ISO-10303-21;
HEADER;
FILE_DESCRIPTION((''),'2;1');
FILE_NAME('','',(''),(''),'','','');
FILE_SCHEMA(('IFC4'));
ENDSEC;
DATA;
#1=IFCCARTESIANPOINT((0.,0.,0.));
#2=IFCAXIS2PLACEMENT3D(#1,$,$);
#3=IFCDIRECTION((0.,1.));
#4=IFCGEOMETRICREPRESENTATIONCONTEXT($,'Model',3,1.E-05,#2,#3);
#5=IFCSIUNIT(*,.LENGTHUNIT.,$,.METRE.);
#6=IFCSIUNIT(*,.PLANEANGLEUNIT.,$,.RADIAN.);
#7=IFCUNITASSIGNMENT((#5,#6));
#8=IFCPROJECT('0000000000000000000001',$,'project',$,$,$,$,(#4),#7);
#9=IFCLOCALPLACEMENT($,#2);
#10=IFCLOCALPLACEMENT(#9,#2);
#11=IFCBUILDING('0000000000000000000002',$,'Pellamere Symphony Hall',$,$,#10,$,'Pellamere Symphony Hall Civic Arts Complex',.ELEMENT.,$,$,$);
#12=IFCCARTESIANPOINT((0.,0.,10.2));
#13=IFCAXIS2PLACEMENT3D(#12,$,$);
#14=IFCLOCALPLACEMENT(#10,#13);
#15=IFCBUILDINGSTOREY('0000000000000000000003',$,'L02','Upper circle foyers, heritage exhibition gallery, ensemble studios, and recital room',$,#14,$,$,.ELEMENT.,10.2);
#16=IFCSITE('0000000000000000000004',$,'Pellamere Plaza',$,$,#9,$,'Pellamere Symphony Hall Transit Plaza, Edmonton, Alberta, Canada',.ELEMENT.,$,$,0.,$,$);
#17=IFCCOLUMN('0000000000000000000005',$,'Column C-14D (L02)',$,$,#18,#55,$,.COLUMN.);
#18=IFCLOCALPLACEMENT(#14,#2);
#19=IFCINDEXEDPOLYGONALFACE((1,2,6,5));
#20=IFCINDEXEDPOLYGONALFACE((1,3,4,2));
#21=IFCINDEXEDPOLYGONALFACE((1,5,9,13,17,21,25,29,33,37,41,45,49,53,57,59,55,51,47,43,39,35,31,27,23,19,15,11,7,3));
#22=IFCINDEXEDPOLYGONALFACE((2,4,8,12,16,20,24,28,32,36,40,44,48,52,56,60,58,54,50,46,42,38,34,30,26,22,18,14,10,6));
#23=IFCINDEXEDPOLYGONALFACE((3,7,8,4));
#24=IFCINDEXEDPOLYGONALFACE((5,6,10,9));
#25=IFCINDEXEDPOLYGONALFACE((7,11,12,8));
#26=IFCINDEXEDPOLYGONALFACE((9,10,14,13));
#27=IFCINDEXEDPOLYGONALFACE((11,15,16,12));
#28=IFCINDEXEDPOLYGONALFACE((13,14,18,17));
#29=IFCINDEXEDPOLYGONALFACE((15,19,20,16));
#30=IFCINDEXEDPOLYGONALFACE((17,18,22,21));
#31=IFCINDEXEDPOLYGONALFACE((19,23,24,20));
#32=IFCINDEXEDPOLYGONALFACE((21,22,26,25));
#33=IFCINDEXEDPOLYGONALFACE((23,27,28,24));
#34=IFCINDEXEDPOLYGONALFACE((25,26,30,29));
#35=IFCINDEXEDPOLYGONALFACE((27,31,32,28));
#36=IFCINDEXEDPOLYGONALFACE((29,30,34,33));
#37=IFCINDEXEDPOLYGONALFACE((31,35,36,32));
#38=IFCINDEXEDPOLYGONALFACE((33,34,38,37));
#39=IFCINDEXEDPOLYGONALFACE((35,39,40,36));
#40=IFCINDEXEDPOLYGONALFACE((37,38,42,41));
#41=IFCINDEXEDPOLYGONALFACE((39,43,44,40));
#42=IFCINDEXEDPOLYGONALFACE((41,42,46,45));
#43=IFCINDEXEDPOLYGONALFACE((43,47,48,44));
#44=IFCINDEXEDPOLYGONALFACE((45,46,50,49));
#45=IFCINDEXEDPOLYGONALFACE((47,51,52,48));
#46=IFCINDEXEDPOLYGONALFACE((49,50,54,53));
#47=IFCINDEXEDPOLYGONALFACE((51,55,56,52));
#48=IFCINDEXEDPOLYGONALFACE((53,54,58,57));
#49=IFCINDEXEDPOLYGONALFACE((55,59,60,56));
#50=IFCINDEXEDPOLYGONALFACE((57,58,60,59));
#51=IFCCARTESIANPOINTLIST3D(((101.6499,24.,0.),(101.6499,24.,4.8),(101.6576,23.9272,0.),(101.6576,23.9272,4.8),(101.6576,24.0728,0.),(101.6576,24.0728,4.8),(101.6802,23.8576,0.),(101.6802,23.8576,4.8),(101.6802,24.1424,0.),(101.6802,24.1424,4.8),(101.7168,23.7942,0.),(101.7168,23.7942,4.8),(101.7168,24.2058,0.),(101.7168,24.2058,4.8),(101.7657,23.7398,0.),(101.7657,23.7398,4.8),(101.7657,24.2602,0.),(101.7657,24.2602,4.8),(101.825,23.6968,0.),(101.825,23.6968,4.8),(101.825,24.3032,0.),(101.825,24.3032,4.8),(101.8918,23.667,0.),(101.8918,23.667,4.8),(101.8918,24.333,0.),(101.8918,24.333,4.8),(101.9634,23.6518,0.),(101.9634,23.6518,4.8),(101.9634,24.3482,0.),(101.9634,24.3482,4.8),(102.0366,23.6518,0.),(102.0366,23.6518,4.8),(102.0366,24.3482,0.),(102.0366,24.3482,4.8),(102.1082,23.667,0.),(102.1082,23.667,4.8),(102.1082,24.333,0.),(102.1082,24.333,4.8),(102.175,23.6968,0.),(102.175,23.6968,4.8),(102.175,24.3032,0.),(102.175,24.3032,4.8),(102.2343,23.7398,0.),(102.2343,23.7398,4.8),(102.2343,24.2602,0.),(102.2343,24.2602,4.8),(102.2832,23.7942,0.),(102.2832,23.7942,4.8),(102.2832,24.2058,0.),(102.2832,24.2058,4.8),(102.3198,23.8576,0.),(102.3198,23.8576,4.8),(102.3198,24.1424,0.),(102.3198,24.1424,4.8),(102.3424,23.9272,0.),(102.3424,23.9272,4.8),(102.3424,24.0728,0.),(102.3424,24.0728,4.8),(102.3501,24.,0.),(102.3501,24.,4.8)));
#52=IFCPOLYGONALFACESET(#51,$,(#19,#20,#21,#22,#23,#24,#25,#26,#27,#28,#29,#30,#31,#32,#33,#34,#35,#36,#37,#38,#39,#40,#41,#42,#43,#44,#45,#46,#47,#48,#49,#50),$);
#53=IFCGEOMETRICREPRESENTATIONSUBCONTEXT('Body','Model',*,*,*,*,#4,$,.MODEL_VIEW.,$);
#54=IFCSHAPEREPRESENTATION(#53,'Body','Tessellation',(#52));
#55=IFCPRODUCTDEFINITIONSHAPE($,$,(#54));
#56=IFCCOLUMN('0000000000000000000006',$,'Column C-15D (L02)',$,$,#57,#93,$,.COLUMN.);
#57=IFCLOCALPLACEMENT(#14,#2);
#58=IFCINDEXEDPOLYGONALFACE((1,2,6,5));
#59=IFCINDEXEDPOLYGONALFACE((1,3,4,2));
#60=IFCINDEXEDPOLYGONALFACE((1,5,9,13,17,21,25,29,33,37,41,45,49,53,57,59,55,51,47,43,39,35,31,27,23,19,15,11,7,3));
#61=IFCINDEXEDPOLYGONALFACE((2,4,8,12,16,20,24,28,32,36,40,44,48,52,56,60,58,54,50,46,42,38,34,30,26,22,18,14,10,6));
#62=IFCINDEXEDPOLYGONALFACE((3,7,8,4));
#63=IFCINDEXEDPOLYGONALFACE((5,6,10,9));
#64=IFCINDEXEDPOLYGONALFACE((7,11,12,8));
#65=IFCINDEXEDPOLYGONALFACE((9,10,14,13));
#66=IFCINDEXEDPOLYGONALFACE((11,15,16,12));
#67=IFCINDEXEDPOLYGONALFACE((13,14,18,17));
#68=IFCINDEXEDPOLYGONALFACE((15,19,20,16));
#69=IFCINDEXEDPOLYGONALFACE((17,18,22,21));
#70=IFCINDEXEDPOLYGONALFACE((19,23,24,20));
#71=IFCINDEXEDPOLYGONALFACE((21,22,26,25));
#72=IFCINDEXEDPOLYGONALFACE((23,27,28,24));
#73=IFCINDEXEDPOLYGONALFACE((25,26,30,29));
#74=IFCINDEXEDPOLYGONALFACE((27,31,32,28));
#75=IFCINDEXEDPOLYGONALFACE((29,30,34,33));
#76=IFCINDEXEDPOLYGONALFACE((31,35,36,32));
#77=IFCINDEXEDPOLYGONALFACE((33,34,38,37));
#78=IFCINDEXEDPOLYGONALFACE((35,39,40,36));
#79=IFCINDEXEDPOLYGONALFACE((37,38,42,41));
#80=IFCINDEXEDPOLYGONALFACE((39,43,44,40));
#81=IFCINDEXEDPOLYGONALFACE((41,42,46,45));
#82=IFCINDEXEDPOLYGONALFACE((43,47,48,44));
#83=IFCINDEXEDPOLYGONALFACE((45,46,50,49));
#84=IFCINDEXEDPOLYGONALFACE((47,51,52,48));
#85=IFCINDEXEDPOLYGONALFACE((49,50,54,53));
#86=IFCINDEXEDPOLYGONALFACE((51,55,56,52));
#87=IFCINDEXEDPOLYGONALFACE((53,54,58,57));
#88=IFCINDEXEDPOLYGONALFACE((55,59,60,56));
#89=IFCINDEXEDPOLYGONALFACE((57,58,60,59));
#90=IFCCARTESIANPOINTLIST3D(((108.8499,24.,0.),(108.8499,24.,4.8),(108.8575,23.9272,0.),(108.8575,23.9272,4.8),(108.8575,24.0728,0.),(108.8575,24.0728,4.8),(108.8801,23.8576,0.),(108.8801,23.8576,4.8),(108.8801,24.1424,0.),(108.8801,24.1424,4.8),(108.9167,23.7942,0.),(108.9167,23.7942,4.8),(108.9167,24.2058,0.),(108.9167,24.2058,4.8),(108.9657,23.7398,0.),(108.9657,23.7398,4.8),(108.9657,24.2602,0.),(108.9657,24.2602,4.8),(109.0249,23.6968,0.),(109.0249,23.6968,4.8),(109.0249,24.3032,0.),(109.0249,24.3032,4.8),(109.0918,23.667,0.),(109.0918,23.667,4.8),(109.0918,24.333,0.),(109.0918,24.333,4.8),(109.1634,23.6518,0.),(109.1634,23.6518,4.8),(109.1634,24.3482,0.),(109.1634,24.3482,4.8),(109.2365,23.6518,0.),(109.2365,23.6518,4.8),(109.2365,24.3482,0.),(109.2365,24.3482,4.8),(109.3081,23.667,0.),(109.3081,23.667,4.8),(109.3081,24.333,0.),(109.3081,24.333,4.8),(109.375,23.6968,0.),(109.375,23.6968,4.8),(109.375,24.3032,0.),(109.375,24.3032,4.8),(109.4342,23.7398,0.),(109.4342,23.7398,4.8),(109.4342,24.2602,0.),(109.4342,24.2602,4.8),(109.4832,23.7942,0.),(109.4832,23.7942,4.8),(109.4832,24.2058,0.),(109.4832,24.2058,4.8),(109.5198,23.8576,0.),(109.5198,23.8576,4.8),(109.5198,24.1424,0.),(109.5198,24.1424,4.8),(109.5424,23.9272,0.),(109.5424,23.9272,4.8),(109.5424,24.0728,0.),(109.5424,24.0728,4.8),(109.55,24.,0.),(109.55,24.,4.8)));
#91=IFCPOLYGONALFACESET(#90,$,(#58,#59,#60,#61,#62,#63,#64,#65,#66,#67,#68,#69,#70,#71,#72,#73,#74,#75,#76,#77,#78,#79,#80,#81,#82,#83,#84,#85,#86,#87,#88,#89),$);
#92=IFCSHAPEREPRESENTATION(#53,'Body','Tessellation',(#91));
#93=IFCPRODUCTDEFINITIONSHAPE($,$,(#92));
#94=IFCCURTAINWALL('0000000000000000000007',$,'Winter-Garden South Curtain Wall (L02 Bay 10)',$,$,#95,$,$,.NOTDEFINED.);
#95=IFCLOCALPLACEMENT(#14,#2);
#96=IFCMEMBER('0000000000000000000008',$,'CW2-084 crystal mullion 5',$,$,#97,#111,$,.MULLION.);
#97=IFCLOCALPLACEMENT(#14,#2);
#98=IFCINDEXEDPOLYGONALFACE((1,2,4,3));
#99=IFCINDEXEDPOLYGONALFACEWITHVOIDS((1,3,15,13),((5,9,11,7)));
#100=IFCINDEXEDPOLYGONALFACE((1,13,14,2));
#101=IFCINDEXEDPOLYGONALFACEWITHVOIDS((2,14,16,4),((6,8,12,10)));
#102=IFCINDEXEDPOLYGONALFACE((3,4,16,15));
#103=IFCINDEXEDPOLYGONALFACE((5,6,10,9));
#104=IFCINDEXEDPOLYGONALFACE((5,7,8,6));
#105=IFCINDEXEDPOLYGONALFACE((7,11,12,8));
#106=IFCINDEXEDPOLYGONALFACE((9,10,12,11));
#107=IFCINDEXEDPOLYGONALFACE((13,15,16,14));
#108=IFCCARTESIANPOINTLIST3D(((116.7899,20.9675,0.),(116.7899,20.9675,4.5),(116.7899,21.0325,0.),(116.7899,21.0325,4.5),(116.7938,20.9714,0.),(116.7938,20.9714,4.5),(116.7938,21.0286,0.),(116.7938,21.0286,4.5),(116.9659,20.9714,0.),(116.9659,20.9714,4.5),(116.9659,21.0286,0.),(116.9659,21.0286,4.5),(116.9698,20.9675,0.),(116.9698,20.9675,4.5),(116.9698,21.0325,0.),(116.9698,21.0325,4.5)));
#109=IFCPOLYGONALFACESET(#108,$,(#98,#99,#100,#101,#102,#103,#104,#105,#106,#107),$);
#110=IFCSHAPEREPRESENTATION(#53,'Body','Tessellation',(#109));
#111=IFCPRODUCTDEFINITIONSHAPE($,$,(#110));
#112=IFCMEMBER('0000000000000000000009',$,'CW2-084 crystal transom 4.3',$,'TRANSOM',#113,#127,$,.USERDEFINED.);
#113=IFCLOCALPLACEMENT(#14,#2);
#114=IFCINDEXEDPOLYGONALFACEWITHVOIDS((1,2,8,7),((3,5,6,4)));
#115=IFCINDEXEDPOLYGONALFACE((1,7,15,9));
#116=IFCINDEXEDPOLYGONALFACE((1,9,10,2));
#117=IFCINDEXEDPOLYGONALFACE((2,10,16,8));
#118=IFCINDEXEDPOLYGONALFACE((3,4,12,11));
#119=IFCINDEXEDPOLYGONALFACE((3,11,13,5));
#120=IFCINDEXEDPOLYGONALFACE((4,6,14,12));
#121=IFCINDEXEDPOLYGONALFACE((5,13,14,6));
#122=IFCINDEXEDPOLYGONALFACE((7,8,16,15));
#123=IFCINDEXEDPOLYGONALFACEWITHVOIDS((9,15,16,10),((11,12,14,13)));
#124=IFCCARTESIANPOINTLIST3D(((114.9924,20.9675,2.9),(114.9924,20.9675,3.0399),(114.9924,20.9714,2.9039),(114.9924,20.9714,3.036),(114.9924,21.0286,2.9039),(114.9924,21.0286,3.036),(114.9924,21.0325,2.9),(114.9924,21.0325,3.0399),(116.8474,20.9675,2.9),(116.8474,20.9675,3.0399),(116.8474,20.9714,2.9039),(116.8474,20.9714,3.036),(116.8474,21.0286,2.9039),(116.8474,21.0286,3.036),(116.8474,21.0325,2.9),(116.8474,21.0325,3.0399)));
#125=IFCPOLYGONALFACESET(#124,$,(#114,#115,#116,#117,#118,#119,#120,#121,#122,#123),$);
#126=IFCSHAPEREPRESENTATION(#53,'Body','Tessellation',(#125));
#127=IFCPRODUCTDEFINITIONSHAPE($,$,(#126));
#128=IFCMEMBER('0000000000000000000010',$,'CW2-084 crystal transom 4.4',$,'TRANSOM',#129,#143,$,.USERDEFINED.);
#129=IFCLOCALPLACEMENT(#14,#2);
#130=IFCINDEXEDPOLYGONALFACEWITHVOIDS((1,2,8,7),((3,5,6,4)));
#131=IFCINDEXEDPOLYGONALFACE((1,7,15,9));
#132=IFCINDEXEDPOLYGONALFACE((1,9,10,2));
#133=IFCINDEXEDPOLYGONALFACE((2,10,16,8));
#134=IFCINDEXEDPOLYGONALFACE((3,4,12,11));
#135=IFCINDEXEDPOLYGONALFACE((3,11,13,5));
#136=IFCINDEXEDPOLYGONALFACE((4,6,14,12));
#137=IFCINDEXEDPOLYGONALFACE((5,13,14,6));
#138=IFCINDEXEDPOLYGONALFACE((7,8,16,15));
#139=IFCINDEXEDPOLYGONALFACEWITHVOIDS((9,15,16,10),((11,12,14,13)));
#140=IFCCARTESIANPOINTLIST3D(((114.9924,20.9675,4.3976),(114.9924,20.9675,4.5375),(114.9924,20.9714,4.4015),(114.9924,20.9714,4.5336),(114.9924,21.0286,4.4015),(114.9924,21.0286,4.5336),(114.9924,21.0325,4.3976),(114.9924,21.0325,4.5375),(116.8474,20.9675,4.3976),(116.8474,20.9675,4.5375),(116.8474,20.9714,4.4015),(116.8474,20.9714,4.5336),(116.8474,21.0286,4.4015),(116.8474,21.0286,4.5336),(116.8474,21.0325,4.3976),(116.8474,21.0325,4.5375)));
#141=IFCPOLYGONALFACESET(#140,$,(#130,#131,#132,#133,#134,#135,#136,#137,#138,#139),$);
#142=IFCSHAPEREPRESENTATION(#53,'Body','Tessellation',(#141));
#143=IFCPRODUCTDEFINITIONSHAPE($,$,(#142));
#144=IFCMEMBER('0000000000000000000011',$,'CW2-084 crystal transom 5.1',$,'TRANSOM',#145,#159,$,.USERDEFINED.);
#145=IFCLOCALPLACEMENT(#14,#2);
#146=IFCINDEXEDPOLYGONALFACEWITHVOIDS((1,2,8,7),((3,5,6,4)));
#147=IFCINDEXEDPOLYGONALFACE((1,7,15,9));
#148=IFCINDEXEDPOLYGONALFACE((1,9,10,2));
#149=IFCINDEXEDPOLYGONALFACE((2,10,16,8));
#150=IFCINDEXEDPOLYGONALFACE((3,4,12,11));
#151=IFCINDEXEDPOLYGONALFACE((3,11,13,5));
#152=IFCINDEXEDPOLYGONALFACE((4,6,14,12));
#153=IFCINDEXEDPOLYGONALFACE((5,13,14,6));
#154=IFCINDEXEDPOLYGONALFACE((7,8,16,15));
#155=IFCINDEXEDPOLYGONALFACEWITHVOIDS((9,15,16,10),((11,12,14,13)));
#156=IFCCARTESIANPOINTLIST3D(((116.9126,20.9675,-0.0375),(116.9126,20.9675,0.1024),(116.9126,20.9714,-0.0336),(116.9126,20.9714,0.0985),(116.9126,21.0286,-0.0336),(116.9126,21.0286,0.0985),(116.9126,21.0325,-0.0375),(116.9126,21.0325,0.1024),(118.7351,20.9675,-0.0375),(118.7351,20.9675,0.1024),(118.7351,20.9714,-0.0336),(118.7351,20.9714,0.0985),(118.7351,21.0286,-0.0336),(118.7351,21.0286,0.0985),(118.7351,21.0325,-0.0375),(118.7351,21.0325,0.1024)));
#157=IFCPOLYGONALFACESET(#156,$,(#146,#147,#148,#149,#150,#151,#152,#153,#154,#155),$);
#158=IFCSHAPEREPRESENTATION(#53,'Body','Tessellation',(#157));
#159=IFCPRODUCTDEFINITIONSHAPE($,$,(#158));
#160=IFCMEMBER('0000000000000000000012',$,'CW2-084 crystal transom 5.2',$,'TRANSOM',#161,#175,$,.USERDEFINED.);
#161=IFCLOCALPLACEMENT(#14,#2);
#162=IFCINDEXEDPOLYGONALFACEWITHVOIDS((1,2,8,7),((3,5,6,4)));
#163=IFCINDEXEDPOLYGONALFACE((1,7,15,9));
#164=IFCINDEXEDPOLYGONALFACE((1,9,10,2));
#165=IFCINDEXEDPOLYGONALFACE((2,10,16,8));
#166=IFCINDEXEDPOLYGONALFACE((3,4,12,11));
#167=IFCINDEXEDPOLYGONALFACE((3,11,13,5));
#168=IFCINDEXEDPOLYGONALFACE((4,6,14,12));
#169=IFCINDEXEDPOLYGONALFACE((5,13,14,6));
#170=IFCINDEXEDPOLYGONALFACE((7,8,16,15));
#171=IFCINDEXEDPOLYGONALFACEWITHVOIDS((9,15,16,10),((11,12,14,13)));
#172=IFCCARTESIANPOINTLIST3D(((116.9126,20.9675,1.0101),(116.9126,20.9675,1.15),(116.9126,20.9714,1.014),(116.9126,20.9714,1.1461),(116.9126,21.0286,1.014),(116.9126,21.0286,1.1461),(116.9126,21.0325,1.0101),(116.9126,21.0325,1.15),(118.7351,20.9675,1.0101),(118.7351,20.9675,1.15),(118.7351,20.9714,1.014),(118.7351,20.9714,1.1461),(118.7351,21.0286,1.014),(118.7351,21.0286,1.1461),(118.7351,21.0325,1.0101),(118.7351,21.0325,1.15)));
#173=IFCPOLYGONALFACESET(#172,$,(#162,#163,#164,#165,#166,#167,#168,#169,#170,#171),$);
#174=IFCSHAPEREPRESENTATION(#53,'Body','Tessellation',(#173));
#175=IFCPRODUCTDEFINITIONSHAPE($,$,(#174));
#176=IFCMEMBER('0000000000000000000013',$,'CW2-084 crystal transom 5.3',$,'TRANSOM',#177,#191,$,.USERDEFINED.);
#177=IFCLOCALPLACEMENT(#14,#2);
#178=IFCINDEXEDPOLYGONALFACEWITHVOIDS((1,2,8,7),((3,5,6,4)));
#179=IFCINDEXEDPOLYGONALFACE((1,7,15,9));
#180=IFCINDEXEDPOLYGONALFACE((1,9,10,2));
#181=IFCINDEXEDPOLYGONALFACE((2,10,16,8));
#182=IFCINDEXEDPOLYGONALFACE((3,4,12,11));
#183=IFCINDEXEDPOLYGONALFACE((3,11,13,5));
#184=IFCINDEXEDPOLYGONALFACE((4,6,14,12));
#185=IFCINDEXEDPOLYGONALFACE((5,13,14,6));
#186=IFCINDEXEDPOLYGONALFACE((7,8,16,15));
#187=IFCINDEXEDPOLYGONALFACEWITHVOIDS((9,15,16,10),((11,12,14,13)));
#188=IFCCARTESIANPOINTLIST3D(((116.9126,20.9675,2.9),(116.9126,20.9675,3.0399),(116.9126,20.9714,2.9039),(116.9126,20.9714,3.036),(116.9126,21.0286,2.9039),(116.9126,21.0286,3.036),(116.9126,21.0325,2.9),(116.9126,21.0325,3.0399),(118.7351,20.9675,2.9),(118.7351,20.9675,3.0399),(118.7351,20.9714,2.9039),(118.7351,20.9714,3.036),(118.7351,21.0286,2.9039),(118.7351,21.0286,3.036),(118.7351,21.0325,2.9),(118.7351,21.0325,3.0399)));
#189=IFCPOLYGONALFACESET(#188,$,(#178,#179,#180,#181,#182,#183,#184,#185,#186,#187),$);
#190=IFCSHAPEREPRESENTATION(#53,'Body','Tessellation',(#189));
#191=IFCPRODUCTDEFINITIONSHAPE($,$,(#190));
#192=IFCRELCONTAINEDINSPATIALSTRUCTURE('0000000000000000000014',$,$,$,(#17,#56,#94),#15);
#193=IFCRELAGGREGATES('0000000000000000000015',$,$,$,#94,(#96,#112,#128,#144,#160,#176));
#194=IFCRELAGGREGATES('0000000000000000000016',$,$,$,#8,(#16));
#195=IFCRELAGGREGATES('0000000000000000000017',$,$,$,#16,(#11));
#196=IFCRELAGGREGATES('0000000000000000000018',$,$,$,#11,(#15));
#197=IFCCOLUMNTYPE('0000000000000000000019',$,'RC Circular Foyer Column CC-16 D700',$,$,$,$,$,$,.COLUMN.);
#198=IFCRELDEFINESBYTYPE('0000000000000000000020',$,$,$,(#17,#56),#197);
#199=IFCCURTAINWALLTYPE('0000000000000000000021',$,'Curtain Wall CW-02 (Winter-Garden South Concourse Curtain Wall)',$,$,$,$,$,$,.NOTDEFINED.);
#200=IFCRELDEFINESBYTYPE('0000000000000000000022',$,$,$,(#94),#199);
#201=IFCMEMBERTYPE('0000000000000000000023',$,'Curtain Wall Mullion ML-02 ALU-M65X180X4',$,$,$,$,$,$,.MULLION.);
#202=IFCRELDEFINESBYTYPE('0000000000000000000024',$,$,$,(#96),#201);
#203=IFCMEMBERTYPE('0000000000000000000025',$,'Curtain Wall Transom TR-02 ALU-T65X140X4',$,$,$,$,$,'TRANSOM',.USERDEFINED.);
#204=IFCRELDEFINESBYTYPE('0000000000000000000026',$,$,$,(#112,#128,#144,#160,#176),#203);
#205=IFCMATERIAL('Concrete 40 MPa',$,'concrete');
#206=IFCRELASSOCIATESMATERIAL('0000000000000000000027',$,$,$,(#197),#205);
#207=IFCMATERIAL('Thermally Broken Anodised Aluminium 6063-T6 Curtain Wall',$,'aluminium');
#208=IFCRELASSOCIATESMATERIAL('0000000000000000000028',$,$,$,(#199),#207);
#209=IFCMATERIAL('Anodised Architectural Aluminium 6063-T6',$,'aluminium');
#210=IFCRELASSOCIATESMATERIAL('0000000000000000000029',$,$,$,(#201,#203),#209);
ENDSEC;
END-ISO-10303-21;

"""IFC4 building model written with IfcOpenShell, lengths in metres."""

from ifc_helpers import new_model, si_unit, direction, frame, origin, origin_2d, place, context, subcontext, project, spatial, hollow_rectangle, circle, extrude, material, material_profile, profile_set, type_object, element, aggregate, save


model = new_model("IFC4")

# Units and contexts
model_context = context("Model", 3, precision=1e-05, world=origin(), true_north=direction((0.0, 1.0)))
body_context = subcontext(model_context, "Body", "Model", "MODEL_VIEW")
ifc_project = project(units=[si_unit("LENGTHUNIT", "METRE"), si_unit("PLANEANGLEUNIT", "RADIAN")], contexts=[model_context])

# Site, building, storey
site_placement = place(None, origin())
site = spatial("IfcSite", under=ifc_project, at=site_placement, Name="Pellamere Plaza", LongName="Pellamere Symphony Hall Transit Plaza, Edmonton, Alberta, Canada", CompositionType="ELEMENT", RefElevation=0.0)
building_placement = place(site_placement, origin())
building = spatial("IfcBuilding", under=site, at=building_placement, Name="Pellamere Symphony Hall", LongName="Pellamere Symphony Hall Civic Arts Complex", CompositionType="ELEMENT")
storey_placement = place(building_placement, frame((0.0, 0.0, 10.2)))
storey = spatial("IfcBuildingStorey", under=building, at=storey_placement, Name="L02", Description="Upper circle foyers, heritage exhibition gallery, ensemble studios, and recital room", CompositionType="ELEMENT", Elevation=10.2)

# Columns
ifc_material_1 = material(Name="Concrete 40 MPa", Category="concrete")
ifc_material_profile_1 = material_profile(ifc_material_1, circle(Radius=0.3501, at=origin_2d()), Name="RCCOL D700")
ifc_profile_set_1 = profile_set([ifc_material_profile_1], Name="Concrete 40 MPa")
column_type = type_object("IfcColumnType", Name="RC Circular Foyer Column CC-16 D700", PredefinedType="COLUMN", material=ifc_profile_set_1)
for number, where, z_axis, x_axis, name in (
    (1, (102.0, 24.0, 0.0), (0.0, 0.0, 1.0), (1.0, 0.0, 0.0), "Column C-14D (L02)"),
    (2, (109.2, 24.0, 0.0), (0.0, 0.0, 1.0), (1.0, 0.0, 0.0), "Column C-15D (L02)"),
):
    element("IfcColumn", number, at=place(storey_placement, frame(where, z_axis=z_axis, x_axis=x_axis)), inside=storey, type_object=column_type, Name=name, PredefinedType="COLUMN", context=body_context, shape_type="SweptSolid", body=[
        extrude(circle(Radius=0.3501, at=origin_2d()), origin(), (0.0, 0.0, 1.0), 4.8),
    ])

# Curtain wall, members
ifc_material_2 = material(Name="Thermally Broken Anodised Aluminium 6063-T6 Curtain Wall", Category="aluminium")
curtain_wall_type = type_object("IfcCurtainWallType", Name="Curtain Wall CW-02 (Winter-Garden South Concourse Curtain Wall)", PredefinedType="NOTDEFINED", material=ifc_material_2)
curtain_wall_placement = place(storey_placement, origin())
curtain_wall = element("IfcCurtainWall", 3, at=curtain_wall_placement, inside=storey, type_object=curtain_wall_type, Name="Winter-Garden South Curtain Wall (L02 Bay 10)", PredefinedType="NOTDEFINED")
ifc_material_3 = material(Name="Anodised Architectural Aluminium 6063-T6", Category="aluminium")
ifc_material_profile_2 = material_profile(ifc_material_3, hollow_rectangle(XDim=0.0649, YDim=0.1799, WallThickness=0.0039, at=origin_2d()), Name="ALU-M65X180X4")
ifc_profile_set_2 = profile_set([ifc_material_profile_2], Name="Anodised Architectural Aluminium 6063-T6")
member_type_1 = type_object("IfcMemberType", Name="Curtain Wall Mullion ML-02 ALU-M65X180X4", PredefinedType="MULLION", material=ifc_profile_set_2)
member_1_placement = place(storey_placement, frame((116.8799, 21.0, 0.0), z_axis=(0.0, 0.0, 1.0), x_axis=(0.0, 1.0, 0.0)))
member_1 = element("IfcMember", 4, at=member_1_placement, type_object=member_type_1, Name="CW2-084 crystal mullion 5", PredefinedType="MULLION", context=body_context, shape_type="SweptSolid", body=[
    extrude(hollow_rectangle(XDim=0.0649, YDim=0.1799, WallThickness=0.0039, at=origin_2d()), origin(), (0.0, 0.0, 1.0), 4.5),
])
ifc_material_profile_3 = material_profile(ifc_material_3, hollow_rectangle(XDim=0.0649, YDim=0.1399, WallThickness=0.0039, at=origin_2d()), Name="ALU-T65X140X4")
ifc_profile_set_3 = profile_set([ifc_material_profile_3], Name="Anodised Architectural Aluminium 6063-T6")
member_type_2 = type_object("IfcMemberType", Name="Curtain Wall Transom TR-02 ALU-T65X140X4", ElementType="TRANSOM", PredefinedType="USERDEFINED", material=ifc_profile_set_3)
member_2_placement = place(storey_placement, frame((114.9924, 21.0, 2.97), z_axis=(1.0, 0.0, 0.0), x_axis=(0.0, 1.0, 0.0)))
member_2 = element("IfcMember", 5, at=member_2_placement, type_object=member_type_2, Name="CW2-084 crystal transom 4.3", ObjectType="TRANSOM", PredefinedType="USERDEFINED", context=body_context, shape_type="SweptSolid", body=[
    extrude(hollow_rectangle(XDim=0.0649, YDim=0.1399, WallThickness=0.0039, at=origin_2d()), origin(), (0.0, 0.0, 1.0), 1.855),
])
member_3_placement = place(storey_placement, frame((114.9924, 21.0, 4.4675), z_axis=(1.0, 0.0, 0.0), x_axis=(0.0, 1.0, 0.0)))
member_3 = element("IfcMember", 6, at=member_3_placement, type_object=member_type_2, Name="CW2-084 crystal transom 4.4", ObjectType="TRANSOM", PredefinedType="USERDEFINED", context=body_context, shape_type="SweptSolid", body=[
    extrude(hollow_rectangle(XDim=0.0649, YDim=0.1399, WallThickness=0.0039, at=origin_2d()), origin(), (0.0, 0.0, 1.0), 1.855),
])
member_4_placement = place(storey_placement, frame((116.9126, 21.0, 0.0325), z_axis=(1.0, 0.0, 0.0), x_axis=(0.0, 1.0, 0.0)))
member_4 = element("IfcMember", 7, at=member_4_placement, type_object=member_type_2, Name="CW2-084 crystal transom 5.1", ObjectType="TRANSOM", PredefinedType="USERDEFINED", context=body_context, shape_type="SweptSolid", body=[
    extrude(hollow_rectangle(XDim=0.0649, YDim=0.1399, WallThickness=0.0039, at=origin_2d()), origin(), (0.0, 0.0, 1.0), 1.8225),
])
member_5_placement = place(storey_placement, frame((116.9126, 21.0, 1.0801), z_axis=(1.0, 0.0, 0.0), x_axis=(0.0, 1.0, 0.0)))
member_5 = element("IfcMember", 8, at=member_5_placement, type_object=member_type_2, Name="CW2-084 crystal transom 5.2", ObjectType="TRANSOM", PredefinedType="USERDEFINED", context=body_context, shape_type="SweptSolid", body=[
    extrude(hollow_rectangle(XDim=0.0649, YDim=0.1399, WallThickness=0.0039, at=origin_2d()), origin(), (0.0, 0.0, 1.0), 1.8225),
])
member_6_placement = place(storey_placement, frame((116.9126, 21.0, 2.97), z_axis=(1.0, 0.0, 0.0), x_axis=(0.0, 1.0, 0.0)))
member_6 = element("IfcMember", 9, at=member_6_placement, type_object=member_type_2, Name="CW2-084 crystal transom 5.3", ObjectType="TRANSOM", PredefinedType="USERDEFINED", context=body_context, shape_type="SweptSolid", body=[
    extrude(hollow_rectangle(XDim=0.0649, YDim=0.1399, WallThickness=0.0039, at=origin_2d()), origin(), (0.0, 0.0, 1.0), 1.8225),
])

aggregate(curtain_wall, [member_1, member_2, member_3, member_4, member_5, member_6])

save(model, "model.ifc")
